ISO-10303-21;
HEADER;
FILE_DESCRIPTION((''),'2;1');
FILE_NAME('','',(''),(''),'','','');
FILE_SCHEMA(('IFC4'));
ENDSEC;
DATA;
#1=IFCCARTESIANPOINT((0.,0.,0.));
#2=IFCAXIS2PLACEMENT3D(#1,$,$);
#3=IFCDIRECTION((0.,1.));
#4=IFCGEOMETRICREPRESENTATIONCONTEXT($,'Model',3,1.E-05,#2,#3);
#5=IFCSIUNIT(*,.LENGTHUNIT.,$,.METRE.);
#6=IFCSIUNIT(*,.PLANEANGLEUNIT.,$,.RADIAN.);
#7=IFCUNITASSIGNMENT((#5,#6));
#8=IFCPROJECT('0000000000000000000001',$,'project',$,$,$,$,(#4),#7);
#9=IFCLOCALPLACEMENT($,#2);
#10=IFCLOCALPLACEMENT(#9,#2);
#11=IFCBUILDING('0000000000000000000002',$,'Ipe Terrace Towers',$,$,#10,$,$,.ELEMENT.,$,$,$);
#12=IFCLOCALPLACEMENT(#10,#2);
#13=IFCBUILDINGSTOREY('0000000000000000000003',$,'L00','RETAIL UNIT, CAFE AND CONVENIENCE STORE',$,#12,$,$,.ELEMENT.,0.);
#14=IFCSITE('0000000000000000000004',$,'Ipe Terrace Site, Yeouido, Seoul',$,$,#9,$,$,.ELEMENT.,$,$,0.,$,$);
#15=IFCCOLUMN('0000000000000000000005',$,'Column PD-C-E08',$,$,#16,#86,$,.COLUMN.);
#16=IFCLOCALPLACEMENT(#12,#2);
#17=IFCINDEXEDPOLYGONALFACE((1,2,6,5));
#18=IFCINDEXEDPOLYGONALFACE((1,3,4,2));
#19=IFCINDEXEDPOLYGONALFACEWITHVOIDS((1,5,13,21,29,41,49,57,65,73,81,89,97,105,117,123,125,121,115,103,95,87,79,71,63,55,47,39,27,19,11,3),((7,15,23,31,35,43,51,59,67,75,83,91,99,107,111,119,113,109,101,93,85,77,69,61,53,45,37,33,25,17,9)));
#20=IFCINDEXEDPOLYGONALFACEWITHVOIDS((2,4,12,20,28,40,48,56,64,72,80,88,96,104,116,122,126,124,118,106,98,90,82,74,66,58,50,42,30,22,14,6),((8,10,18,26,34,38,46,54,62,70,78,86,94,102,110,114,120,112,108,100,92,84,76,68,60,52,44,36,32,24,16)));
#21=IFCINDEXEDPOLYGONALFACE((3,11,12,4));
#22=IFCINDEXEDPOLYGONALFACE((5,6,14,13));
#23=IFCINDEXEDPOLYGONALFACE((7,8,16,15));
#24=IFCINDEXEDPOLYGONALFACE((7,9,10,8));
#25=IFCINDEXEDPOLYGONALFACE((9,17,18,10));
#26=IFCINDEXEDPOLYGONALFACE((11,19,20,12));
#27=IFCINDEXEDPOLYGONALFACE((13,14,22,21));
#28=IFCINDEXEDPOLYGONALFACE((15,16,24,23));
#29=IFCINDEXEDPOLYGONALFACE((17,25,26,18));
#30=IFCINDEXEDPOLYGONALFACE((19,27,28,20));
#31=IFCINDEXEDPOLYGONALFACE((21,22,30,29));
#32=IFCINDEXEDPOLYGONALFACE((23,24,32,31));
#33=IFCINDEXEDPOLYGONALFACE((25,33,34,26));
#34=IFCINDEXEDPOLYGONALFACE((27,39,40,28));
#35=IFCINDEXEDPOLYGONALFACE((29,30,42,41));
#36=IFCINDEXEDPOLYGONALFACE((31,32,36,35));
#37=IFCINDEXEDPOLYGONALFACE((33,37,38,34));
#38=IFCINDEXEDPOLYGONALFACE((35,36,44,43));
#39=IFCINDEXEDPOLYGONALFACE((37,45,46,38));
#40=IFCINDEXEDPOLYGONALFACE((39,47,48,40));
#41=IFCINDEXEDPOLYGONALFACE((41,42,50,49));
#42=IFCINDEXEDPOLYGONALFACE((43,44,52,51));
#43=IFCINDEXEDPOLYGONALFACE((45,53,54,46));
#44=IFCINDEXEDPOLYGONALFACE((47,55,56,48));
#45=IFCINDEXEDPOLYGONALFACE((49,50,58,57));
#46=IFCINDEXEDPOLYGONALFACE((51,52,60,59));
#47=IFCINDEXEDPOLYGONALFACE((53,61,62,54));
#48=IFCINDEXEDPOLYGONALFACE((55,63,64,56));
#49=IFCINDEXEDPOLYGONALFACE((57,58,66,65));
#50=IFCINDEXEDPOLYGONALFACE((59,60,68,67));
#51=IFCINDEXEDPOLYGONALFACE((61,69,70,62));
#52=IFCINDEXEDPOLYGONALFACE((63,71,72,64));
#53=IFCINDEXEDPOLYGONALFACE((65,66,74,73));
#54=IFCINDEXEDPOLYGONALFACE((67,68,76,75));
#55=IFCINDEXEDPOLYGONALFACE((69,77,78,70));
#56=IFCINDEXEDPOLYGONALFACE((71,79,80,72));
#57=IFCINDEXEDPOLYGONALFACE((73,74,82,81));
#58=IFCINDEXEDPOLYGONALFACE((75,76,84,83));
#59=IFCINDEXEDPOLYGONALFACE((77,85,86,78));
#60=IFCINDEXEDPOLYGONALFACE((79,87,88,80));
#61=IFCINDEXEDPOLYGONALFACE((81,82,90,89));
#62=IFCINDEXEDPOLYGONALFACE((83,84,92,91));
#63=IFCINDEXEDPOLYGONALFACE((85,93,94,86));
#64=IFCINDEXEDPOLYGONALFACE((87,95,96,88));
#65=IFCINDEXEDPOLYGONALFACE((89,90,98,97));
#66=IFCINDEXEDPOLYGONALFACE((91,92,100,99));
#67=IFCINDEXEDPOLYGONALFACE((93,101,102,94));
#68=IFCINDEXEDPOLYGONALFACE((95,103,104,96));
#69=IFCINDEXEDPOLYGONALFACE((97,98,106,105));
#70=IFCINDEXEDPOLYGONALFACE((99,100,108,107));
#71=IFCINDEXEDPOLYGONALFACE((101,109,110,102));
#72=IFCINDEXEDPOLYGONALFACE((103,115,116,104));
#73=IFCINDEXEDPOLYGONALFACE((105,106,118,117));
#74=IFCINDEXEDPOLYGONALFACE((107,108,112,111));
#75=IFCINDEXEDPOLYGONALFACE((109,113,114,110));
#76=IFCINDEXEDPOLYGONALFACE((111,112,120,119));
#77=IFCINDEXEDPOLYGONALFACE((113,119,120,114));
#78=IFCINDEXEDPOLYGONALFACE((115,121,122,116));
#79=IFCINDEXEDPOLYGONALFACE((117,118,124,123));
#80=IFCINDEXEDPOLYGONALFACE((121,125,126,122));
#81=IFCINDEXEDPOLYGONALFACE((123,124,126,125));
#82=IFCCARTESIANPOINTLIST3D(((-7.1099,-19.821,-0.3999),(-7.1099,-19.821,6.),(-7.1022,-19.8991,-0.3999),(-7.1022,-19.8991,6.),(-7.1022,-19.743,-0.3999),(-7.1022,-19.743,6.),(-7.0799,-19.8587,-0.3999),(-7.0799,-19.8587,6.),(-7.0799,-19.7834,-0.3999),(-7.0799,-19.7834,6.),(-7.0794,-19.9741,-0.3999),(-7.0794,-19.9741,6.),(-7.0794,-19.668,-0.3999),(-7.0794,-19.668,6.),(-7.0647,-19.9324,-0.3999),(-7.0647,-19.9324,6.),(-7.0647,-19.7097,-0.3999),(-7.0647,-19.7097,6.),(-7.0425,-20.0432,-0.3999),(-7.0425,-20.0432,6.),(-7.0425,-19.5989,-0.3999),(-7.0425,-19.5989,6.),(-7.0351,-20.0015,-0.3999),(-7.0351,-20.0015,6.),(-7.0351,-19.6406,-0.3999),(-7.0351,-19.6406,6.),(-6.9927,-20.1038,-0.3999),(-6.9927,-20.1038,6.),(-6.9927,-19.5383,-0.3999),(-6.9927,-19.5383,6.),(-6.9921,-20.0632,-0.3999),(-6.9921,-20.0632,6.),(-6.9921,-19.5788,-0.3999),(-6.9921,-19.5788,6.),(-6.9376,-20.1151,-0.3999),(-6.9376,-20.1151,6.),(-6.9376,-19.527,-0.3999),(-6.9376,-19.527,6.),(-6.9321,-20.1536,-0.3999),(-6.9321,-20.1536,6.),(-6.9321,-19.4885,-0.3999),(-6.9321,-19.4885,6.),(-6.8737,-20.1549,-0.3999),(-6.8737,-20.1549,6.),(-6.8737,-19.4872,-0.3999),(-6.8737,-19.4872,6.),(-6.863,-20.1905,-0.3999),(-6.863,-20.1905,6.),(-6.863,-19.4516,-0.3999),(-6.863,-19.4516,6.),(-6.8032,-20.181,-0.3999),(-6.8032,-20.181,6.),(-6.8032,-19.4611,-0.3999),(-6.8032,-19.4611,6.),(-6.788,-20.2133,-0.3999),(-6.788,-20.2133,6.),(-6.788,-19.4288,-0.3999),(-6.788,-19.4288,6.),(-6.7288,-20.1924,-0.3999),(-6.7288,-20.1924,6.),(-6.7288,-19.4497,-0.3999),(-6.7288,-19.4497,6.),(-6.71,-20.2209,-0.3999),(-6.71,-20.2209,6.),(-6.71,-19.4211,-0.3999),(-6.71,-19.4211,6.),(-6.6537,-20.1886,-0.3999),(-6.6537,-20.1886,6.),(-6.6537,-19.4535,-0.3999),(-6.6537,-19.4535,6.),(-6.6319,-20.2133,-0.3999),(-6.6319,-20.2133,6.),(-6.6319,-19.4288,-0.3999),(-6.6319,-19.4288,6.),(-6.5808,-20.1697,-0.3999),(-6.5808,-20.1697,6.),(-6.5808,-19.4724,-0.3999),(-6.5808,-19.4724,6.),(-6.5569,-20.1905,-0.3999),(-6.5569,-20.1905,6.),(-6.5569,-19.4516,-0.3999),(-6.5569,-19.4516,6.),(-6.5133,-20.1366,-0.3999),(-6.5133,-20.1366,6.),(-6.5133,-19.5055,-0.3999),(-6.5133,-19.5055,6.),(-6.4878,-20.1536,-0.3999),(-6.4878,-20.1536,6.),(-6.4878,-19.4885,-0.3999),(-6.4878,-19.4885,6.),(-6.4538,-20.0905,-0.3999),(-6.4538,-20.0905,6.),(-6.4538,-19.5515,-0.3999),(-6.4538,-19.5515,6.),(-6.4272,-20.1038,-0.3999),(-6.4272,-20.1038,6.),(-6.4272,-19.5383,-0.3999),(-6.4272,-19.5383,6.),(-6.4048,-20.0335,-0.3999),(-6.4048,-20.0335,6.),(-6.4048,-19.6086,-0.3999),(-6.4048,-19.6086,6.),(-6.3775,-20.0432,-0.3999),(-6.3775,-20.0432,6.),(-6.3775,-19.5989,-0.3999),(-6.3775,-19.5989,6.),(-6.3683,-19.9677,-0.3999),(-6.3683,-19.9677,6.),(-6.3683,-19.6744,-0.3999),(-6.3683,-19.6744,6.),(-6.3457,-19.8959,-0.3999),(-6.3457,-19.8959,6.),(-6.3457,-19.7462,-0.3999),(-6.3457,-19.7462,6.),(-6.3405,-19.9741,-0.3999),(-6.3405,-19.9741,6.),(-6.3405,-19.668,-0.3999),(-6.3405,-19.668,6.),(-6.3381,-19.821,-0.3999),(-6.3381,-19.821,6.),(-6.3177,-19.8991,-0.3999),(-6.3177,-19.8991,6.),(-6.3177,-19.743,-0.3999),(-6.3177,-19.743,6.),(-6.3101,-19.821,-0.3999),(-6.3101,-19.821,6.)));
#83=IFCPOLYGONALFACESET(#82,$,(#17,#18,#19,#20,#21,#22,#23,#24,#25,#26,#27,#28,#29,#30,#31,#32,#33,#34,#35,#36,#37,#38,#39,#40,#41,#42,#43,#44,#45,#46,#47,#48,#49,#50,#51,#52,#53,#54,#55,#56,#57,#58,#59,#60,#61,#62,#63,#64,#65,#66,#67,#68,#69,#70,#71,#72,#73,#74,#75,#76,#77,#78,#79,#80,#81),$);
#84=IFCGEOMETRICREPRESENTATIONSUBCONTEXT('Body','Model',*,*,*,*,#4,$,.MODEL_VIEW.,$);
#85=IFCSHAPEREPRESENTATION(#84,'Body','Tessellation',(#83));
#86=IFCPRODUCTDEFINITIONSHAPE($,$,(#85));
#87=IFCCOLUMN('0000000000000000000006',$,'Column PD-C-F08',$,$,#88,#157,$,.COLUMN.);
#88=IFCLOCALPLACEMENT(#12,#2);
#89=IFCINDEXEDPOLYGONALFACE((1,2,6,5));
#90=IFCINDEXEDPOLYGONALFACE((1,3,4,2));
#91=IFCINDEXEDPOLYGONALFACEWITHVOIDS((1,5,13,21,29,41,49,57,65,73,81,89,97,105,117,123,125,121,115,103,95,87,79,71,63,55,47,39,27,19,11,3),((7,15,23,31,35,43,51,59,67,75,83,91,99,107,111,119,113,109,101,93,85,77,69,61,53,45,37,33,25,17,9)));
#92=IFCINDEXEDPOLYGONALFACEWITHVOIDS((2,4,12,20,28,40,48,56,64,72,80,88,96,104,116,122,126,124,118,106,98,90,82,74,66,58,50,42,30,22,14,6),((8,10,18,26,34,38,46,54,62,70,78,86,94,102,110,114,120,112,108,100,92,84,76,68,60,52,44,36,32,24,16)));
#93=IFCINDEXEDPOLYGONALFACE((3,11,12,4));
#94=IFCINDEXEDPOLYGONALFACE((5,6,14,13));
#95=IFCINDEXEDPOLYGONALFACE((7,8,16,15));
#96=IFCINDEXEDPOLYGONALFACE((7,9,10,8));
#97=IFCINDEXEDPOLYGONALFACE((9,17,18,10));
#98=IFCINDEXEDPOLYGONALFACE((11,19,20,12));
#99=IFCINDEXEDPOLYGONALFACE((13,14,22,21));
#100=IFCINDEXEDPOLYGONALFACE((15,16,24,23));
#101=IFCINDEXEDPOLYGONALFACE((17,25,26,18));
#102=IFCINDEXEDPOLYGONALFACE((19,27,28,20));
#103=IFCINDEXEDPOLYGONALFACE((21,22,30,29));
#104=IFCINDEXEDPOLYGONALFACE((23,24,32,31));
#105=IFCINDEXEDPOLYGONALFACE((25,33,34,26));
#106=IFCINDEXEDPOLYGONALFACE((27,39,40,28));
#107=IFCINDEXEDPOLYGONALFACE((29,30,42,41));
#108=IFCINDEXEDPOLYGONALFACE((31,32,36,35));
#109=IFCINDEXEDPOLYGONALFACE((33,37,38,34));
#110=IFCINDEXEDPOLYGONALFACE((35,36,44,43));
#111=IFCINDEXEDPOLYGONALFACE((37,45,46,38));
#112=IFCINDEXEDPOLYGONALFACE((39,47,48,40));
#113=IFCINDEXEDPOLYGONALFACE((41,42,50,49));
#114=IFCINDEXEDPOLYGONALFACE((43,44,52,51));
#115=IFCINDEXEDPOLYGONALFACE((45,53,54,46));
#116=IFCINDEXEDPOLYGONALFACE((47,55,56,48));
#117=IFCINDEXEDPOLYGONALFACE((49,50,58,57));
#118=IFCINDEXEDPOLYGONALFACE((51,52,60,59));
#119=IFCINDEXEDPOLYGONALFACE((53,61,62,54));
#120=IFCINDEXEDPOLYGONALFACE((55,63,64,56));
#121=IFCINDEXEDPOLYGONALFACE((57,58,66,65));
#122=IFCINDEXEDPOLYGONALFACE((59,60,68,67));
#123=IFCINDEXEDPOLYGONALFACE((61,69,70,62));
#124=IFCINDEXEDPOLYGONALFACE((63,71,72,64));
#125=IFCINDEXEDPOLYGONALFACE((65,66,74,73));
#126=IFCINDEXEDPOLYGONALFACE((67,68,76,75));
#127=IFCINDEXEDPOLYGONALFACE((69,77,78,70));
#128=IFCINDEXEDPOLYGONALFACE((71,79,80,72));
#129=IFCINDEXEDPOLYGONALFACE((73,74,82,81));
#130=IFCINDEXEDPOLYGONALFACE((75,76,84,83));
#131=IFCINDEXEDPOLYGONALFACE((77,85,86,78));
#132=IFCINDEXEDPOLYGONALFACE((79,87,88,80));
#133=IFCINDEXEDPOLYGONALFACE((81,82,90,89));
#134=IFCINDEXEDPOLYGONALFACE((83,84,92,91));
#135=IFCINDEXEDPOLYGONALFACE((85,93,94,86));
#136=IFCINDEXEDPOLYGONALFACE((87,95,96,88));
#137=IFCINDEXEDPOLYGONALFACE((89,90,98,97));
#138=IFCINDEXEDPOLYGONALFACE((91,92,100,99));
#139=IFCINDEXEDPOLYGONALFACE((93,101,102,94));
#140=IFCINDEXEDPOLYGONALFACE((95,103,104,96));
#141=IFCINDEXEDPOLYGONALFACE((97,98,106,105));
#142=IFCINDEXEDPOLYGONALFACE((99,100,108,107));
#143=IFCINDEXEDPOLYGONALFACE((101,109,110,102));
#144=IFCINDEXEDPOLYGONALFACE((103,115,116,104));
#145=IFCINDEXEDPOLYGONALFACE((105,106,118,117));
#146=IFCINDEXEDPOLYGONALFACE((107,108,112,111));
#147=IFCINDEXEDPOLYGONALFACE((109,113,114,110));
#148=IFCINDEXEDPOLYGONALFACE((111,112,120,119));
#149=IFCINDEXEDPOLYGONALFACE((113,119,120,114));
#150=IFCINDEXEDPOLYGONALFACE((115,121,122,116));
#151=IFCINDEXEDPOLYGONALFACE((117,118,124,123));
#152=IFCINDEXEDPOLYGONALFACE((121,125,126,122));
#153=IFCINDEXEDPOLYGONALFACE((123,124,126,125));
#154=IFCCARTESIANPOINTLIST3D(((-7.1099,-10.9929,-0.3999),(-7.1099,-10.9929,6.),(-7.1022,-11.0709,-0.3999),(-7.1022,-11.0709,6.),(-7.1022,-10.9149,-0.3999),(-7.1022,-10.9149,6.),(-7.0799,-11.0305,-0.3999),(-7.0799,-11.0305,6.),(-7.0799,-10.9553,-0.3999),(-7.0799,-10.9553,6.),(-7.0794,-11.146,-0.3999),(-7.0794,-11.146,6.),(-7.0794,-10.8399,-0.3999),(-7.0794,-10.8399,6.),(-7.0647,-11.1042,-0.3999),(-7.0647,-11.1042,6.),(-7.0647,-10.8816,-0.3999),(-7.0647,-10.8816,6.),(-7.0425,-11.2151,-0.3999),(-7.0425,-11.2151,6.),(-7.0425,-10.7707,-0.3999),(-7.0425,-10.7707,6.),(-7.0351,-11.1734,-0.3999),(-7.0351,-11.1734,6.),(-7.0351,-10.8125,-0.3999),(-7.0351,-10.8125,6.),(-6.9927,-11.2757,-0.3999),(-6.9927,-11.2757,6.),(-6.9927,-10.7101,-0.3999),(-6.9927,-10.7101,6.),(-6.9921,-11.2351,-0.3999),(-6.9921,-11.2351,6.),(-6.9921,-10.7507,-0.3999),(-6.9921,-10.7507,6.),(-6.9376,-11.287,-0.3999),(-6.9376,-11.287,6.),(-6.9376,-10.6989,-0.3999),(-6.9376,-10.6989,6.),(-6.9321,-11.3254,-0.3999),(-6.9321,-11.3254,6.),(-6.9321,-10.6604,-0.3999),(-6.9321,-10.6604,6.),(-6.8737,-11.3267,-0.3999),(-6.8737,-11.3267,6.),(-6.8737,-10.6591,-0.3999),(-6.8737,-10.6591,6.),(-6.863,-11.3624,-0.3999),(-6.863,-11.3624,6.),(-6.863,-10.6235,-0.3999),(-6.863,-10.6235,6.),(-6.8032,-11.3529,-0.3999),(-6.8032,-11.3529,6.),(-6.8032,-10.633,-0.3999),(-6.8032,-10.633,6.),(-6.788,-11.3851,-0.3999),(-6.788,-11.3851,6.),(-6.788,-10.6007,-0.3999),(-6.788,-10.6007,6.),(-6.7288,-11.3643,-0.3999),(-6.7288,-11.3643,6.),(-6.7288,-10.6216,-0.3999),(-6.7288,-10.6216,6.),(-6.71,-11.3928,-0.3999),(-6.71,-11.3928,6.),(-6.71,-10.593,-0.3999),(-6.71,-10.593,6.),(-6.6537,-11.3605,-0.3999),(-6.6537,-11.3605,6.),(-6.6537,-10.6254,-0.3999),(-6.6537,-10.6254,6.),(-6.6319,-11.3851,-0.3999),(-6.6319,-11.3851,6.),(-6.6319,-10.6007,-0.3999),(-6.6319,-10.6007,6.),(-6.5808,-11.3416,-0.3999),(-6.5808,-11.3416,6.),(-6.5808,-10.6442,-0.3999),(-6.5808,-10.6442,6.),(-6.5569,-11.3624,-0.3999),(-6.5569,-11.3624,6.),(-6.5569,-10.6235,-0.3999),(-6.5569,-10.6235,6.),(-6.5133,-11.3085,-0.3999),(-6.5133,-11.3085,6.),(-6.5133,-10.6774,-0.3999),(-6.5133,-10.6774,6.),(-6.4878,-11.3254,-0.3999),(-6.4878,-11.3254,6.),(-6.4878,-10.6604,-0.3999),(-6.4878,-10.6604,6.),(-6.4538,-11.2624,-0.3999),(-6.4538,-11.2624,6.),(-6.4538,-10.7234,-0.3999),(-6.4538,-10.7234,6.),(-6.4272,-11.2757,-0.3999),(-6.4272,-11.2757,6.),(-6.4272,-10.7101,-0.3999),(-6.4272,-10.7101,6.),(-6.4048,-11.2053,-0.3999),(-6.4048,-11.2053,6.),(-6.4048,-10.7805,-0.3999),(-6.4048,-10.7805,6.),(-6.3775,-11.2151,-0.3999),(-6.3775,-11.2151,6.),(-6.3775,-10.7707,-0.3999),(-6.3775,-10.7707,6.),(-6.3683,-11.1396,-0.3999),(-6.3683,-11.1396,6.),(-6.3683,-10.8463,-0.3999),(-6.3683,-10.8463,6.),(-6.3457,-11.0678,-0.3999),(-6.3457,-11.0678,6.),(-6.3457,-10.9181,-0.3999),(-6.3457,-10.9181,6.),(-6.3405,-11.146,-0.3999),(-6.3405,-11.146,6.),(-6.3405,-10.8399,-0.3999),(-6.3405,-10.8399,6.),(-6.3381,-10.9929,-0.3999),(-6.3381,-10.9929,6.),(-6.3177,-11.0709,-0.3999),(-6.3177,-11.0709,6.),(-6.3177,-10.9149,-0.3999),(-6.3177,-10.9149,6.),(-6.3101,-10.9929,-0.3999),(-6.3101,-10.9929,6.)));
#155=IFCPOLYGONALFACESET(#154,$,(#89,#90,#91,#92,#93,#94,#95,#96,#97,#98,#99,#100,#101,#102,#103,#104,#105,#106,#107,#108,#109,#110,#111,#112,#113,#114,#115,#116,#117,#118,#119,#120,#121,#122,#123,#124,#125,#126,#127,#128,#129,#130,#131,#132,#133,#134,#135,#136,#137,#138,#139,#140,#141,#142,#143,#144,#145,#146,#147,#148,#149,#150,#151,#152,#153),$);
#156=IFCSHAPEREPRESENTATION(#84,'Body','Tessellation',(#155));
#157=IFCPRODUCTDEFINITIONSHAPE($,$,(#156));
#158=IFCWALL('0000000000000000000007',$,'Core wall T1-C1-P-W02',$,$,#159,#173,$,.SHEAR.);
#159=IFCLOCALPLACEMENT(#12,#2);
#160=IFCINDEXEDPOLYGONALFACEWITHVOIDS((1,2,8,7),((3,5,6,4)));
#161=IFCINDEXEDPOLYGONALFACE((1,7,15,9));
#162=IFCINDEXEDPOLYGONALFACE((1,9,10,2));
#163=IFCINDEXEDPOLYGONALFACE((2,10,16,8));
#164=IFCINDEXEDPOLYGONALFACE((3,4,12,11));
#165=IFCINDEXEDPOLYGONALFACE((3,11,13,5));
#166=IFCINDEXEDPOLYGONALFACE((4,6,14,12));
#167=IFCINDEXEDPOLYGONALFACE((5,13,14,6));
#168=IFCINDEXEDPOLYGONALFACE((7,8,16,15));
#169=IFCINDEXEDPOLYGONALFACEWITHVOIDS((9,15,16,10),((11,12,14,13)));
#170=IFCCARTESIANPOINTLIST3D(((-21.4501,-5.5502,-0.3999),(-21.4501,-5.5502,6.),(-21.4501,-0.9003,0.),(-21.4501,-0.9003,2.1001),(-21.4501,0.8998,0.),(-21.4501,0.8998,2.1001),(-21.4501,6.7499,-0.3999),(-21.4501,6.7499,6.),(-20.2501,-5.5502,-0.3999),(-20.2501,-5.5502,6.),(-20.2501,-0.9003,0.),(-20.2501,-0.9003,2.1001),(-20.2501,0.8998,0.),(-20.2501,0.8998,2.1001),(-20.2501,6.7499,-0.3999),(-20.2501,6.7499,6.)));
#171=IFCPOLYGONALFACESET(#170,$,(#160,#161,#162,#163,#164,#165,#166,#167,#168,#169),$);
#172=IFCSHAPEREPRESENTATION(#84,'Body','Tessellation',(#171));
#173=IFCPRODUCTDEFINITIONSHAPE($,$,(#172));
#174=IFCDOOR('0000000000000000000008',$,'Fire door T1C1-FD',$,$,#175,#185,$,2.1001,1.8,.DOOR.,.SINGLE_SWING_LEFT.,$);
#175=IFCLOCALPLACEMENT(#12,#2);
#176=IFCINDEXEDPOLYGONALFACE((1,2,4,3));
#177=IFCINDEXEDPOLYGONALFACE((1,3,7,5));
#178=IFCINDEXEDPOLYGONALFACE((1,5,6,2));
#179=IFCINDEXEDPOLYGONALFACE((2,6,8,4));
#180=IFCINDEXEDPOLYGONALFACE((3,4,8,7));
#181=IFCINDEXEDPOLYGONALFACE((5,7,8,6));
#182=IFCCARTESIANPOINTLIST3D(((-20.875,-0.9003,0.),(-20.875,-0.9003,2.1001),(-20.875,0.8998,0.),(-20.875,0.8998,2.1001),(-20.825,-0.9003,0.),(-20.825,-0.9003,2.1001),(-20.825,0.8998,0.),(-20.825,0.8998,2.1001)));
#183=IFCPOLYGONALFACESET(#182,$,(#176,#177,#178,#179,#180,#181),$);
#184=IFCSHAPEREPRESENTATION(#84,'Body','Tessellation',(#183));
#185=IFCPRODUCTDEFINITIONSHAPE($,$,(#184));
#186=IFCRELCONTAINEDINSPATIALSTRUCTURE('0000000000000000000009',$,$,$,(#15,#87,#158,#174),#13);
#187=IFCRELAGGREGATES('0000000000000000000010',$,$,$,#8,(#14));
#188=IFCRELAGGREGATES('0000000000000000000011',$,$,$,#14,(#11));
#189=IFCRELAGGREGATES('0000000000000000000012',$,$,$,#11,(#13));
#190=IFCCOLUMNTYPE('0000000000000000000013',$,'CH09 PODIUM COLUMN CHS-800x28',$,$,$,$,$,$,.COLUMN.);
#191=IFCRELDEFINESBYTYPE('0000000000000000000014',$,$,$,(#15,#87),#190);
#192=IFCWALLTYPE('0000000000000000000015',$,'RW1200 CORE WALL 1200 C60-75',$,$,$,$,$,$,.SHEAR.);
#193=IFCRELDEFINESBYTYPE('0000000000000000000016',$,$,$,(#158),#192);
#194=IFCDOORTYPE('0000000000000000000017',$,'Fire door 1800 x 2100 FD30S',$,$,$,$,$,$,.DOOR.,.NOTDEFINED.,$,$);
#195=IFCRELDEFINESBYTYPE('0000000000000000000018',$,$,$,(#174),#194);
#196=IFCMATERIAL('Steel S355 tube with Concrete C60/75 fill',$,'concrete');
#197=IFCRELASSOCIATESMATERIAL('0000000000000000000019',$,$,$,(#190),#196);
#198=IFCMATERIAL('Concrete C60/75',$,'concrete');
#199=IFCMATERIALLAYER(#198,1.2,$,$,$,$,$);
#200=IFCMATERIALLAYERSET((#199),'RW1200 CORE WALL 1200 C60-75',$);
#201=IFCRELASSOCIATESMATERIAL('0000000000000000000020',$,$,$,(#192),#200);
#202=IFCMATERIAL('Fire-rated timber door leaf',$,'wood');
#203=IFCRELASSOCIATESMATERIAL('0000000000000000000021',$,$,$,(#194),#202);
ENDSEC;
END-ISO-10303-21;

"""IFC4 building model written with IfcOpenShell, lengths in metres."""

from ifc_helpers import new_model, si_unit, direction, frame, frame_2d, origin, origin_2d, place, context, subcontext, project, spatial, rectangle, hollow_circle, extrude, material, layer, layer_set, material_profile, profile_set, type_object, element, fill, save


model = new_model("IFC4")

# Units and contexts
model_context = context("Model", 3, precision=1e-05, world=origin(), true_north=direction((0.0, 1.0)))
body_context = subcontext(model_context, "Body", "Model", "MODEL_VIEW")
ifc_project = project(units=[si_unit("LENGTHUNIT", "METRE"), si_unit("PLANEANGLEUNIT", "RADIAN")], contexts=[model_context])

# Site, building, storey
site_placement = place(None, origin())
site = spatial("IfcSite", under=ifc_project, at=site_placement, Name="Ipe Terrace Site, Yeouido, Seoul", CompositionType="ELEMENT", RefElevation=0.0)
building_placement = place(site_placement, origin())
building = spatial("IfcBuilding", under=site, at=building_placement, Name="Ipe Terrace Towers", CompositionType="ELEMENT")
storey_placement = place(building_placement, origin())
storey = spatial("IfcBuildingStorey", under=building, at=storey_placement, Name="L00", Description="RETAIL UNIT, CAFE AND CONVENIENCE STORE", CompositionType="ELEMENT", Elevation=0.0)

# Columns
ifc_material_1 = material(Name="Steel S355 tube with Concrete C60/75 fill", Category="concrete")
ifc_material_profile_1 = material_profile(ifc_material_1, hollow_circle(Radius=0.3999, WallThickness=0.0281, at=origin_2d()), Name="CHS-800x28")
ifc_profile_set_1 = profile_set([ifc_material_profile_1], Name="Steel S355 tube with Concrete C60/75 fill")
column_type_1 = type_object("IfcColumnType", Name="CH09 PODIUM COLUMN CHS-800x28", PredefinedType="COLUMN", material=ifc_profile_set_1)
for number, where, z_axis, x_axis, name in (
    (1, (-6.71, -19.821, -0.3999), (0.0, 0.0, 1.0), (1.0, 0.0, 0.0), "Column PD-C-E08"),
    (2, (-6.71, -10.9929, -0.3999), (0.0, 0.0, 1.0), (1.0, 0.0, 0.0), "Column PD-C-F08"),
):
    element("IfcColumn", number, at=place(storey_placement, frame(where, z_axis=z_axis, x_axis=x_axis)), inside=storey, type_object=column_type_1, Name=name, PredefinedType="COLUMN", context=body_context, shape_type="SweptSolid", body=[
        extrude(hollow_circle(Radius=0.3999, WallThickness=0.0281, at=origin_2d()), origin(), (0.0, 0.0, 1.0), 6.3999),
    ])

# Wall, opening, door
ifc_material_2 = material(Name="Concrete C60/75", Category="concrete")
ifc_layer_1 = layer(ifc_material_2, 1.2)
ifc_layer_set_1 = layer_set([ifc_layer_1], Name="RW1200 CORE WALL 1200 C60-75")
wall_type_1 = type_object("IfcWallType", Name="RW1200 CORE WALL 1200 C60-75", PredefinedType="SHEAR", material=ifc_layer_set_1)
wall_1_placement = place(storey_placement, frame((-20.8501, -5.55, -0.3999), z_axis=(0.0, 0.0, 1.0), x_axis=(0.0, 1.0, 0.0)))
wall_1 = element("IfcWall", 3, at=wall_1_placement, inside=storey, type_object=wall_type_1, Name="Core wall T1-C1-P-W02", PredefinedType="SHEAR", context=body_context, shape_type="SweptSolid", body=[
    extrude(rectangle(XDim=12.3, YDim=1.2, at=frame_2d((6.1499, 0.0))), origin(), (0.0, 0.0, 1.0), 6.3999),
])
opening_placement = place(wall_1_placement, frame((4.6499, 0.0, 0.3999)))
opening = element("IfcOpeningElement", 4, at=opening_placement, cuts=wall_1, PredefinedType="OPENING", context=body_context, shape_type="SweptSolid", body=[
    extrude(rectangle(XDim=1.8, YDim=2.1001, at=frame_2d((0.8999, 1.05))), frame((0.0, 0.6099, 0.0), z_axis=(0.0, -1.0, 0.0), x_axis=(1.0, 0.0, 0.0)), (0.0, 0.0, 1.0), 1.22),
])
ifc_material_3 = material(Name="Fire-rated timber door leaf", Category="wood")
door_type = type_object("IfcDoorType", Name="Fire door 1800 x 2100 FD30S", OperationType="NOTDEFINED", PredefinedType="DOOR", material=ifc_material_3)
door_placement = place(opening_placement, origin())
door = element("IfcDoor", 5, at=door_placement, inside=storey, type_object=door_type, Name="Fire door T1C1-FD", OperationType="SINGLE_SWING_LEFT", OverallHeight=2.1001, OverallWidth=1.8, PredefinedType="DOOR", context=body_context, shape_type="SweptSolid", body=[
    extrude(rectangle(XDim=1.8, YDim=2.1001, at=frame_2d((0.8999, 1.05))), frame((0.0, 0.0249, 0.0), z_axis=(0.0, -1.0, 0.0), x_axis=(1.0, 0.0, 0.0)), (0.0, 0.0, 1.0), 0.05),
])
fill(opening, door)

save(model, "model.ifc")
